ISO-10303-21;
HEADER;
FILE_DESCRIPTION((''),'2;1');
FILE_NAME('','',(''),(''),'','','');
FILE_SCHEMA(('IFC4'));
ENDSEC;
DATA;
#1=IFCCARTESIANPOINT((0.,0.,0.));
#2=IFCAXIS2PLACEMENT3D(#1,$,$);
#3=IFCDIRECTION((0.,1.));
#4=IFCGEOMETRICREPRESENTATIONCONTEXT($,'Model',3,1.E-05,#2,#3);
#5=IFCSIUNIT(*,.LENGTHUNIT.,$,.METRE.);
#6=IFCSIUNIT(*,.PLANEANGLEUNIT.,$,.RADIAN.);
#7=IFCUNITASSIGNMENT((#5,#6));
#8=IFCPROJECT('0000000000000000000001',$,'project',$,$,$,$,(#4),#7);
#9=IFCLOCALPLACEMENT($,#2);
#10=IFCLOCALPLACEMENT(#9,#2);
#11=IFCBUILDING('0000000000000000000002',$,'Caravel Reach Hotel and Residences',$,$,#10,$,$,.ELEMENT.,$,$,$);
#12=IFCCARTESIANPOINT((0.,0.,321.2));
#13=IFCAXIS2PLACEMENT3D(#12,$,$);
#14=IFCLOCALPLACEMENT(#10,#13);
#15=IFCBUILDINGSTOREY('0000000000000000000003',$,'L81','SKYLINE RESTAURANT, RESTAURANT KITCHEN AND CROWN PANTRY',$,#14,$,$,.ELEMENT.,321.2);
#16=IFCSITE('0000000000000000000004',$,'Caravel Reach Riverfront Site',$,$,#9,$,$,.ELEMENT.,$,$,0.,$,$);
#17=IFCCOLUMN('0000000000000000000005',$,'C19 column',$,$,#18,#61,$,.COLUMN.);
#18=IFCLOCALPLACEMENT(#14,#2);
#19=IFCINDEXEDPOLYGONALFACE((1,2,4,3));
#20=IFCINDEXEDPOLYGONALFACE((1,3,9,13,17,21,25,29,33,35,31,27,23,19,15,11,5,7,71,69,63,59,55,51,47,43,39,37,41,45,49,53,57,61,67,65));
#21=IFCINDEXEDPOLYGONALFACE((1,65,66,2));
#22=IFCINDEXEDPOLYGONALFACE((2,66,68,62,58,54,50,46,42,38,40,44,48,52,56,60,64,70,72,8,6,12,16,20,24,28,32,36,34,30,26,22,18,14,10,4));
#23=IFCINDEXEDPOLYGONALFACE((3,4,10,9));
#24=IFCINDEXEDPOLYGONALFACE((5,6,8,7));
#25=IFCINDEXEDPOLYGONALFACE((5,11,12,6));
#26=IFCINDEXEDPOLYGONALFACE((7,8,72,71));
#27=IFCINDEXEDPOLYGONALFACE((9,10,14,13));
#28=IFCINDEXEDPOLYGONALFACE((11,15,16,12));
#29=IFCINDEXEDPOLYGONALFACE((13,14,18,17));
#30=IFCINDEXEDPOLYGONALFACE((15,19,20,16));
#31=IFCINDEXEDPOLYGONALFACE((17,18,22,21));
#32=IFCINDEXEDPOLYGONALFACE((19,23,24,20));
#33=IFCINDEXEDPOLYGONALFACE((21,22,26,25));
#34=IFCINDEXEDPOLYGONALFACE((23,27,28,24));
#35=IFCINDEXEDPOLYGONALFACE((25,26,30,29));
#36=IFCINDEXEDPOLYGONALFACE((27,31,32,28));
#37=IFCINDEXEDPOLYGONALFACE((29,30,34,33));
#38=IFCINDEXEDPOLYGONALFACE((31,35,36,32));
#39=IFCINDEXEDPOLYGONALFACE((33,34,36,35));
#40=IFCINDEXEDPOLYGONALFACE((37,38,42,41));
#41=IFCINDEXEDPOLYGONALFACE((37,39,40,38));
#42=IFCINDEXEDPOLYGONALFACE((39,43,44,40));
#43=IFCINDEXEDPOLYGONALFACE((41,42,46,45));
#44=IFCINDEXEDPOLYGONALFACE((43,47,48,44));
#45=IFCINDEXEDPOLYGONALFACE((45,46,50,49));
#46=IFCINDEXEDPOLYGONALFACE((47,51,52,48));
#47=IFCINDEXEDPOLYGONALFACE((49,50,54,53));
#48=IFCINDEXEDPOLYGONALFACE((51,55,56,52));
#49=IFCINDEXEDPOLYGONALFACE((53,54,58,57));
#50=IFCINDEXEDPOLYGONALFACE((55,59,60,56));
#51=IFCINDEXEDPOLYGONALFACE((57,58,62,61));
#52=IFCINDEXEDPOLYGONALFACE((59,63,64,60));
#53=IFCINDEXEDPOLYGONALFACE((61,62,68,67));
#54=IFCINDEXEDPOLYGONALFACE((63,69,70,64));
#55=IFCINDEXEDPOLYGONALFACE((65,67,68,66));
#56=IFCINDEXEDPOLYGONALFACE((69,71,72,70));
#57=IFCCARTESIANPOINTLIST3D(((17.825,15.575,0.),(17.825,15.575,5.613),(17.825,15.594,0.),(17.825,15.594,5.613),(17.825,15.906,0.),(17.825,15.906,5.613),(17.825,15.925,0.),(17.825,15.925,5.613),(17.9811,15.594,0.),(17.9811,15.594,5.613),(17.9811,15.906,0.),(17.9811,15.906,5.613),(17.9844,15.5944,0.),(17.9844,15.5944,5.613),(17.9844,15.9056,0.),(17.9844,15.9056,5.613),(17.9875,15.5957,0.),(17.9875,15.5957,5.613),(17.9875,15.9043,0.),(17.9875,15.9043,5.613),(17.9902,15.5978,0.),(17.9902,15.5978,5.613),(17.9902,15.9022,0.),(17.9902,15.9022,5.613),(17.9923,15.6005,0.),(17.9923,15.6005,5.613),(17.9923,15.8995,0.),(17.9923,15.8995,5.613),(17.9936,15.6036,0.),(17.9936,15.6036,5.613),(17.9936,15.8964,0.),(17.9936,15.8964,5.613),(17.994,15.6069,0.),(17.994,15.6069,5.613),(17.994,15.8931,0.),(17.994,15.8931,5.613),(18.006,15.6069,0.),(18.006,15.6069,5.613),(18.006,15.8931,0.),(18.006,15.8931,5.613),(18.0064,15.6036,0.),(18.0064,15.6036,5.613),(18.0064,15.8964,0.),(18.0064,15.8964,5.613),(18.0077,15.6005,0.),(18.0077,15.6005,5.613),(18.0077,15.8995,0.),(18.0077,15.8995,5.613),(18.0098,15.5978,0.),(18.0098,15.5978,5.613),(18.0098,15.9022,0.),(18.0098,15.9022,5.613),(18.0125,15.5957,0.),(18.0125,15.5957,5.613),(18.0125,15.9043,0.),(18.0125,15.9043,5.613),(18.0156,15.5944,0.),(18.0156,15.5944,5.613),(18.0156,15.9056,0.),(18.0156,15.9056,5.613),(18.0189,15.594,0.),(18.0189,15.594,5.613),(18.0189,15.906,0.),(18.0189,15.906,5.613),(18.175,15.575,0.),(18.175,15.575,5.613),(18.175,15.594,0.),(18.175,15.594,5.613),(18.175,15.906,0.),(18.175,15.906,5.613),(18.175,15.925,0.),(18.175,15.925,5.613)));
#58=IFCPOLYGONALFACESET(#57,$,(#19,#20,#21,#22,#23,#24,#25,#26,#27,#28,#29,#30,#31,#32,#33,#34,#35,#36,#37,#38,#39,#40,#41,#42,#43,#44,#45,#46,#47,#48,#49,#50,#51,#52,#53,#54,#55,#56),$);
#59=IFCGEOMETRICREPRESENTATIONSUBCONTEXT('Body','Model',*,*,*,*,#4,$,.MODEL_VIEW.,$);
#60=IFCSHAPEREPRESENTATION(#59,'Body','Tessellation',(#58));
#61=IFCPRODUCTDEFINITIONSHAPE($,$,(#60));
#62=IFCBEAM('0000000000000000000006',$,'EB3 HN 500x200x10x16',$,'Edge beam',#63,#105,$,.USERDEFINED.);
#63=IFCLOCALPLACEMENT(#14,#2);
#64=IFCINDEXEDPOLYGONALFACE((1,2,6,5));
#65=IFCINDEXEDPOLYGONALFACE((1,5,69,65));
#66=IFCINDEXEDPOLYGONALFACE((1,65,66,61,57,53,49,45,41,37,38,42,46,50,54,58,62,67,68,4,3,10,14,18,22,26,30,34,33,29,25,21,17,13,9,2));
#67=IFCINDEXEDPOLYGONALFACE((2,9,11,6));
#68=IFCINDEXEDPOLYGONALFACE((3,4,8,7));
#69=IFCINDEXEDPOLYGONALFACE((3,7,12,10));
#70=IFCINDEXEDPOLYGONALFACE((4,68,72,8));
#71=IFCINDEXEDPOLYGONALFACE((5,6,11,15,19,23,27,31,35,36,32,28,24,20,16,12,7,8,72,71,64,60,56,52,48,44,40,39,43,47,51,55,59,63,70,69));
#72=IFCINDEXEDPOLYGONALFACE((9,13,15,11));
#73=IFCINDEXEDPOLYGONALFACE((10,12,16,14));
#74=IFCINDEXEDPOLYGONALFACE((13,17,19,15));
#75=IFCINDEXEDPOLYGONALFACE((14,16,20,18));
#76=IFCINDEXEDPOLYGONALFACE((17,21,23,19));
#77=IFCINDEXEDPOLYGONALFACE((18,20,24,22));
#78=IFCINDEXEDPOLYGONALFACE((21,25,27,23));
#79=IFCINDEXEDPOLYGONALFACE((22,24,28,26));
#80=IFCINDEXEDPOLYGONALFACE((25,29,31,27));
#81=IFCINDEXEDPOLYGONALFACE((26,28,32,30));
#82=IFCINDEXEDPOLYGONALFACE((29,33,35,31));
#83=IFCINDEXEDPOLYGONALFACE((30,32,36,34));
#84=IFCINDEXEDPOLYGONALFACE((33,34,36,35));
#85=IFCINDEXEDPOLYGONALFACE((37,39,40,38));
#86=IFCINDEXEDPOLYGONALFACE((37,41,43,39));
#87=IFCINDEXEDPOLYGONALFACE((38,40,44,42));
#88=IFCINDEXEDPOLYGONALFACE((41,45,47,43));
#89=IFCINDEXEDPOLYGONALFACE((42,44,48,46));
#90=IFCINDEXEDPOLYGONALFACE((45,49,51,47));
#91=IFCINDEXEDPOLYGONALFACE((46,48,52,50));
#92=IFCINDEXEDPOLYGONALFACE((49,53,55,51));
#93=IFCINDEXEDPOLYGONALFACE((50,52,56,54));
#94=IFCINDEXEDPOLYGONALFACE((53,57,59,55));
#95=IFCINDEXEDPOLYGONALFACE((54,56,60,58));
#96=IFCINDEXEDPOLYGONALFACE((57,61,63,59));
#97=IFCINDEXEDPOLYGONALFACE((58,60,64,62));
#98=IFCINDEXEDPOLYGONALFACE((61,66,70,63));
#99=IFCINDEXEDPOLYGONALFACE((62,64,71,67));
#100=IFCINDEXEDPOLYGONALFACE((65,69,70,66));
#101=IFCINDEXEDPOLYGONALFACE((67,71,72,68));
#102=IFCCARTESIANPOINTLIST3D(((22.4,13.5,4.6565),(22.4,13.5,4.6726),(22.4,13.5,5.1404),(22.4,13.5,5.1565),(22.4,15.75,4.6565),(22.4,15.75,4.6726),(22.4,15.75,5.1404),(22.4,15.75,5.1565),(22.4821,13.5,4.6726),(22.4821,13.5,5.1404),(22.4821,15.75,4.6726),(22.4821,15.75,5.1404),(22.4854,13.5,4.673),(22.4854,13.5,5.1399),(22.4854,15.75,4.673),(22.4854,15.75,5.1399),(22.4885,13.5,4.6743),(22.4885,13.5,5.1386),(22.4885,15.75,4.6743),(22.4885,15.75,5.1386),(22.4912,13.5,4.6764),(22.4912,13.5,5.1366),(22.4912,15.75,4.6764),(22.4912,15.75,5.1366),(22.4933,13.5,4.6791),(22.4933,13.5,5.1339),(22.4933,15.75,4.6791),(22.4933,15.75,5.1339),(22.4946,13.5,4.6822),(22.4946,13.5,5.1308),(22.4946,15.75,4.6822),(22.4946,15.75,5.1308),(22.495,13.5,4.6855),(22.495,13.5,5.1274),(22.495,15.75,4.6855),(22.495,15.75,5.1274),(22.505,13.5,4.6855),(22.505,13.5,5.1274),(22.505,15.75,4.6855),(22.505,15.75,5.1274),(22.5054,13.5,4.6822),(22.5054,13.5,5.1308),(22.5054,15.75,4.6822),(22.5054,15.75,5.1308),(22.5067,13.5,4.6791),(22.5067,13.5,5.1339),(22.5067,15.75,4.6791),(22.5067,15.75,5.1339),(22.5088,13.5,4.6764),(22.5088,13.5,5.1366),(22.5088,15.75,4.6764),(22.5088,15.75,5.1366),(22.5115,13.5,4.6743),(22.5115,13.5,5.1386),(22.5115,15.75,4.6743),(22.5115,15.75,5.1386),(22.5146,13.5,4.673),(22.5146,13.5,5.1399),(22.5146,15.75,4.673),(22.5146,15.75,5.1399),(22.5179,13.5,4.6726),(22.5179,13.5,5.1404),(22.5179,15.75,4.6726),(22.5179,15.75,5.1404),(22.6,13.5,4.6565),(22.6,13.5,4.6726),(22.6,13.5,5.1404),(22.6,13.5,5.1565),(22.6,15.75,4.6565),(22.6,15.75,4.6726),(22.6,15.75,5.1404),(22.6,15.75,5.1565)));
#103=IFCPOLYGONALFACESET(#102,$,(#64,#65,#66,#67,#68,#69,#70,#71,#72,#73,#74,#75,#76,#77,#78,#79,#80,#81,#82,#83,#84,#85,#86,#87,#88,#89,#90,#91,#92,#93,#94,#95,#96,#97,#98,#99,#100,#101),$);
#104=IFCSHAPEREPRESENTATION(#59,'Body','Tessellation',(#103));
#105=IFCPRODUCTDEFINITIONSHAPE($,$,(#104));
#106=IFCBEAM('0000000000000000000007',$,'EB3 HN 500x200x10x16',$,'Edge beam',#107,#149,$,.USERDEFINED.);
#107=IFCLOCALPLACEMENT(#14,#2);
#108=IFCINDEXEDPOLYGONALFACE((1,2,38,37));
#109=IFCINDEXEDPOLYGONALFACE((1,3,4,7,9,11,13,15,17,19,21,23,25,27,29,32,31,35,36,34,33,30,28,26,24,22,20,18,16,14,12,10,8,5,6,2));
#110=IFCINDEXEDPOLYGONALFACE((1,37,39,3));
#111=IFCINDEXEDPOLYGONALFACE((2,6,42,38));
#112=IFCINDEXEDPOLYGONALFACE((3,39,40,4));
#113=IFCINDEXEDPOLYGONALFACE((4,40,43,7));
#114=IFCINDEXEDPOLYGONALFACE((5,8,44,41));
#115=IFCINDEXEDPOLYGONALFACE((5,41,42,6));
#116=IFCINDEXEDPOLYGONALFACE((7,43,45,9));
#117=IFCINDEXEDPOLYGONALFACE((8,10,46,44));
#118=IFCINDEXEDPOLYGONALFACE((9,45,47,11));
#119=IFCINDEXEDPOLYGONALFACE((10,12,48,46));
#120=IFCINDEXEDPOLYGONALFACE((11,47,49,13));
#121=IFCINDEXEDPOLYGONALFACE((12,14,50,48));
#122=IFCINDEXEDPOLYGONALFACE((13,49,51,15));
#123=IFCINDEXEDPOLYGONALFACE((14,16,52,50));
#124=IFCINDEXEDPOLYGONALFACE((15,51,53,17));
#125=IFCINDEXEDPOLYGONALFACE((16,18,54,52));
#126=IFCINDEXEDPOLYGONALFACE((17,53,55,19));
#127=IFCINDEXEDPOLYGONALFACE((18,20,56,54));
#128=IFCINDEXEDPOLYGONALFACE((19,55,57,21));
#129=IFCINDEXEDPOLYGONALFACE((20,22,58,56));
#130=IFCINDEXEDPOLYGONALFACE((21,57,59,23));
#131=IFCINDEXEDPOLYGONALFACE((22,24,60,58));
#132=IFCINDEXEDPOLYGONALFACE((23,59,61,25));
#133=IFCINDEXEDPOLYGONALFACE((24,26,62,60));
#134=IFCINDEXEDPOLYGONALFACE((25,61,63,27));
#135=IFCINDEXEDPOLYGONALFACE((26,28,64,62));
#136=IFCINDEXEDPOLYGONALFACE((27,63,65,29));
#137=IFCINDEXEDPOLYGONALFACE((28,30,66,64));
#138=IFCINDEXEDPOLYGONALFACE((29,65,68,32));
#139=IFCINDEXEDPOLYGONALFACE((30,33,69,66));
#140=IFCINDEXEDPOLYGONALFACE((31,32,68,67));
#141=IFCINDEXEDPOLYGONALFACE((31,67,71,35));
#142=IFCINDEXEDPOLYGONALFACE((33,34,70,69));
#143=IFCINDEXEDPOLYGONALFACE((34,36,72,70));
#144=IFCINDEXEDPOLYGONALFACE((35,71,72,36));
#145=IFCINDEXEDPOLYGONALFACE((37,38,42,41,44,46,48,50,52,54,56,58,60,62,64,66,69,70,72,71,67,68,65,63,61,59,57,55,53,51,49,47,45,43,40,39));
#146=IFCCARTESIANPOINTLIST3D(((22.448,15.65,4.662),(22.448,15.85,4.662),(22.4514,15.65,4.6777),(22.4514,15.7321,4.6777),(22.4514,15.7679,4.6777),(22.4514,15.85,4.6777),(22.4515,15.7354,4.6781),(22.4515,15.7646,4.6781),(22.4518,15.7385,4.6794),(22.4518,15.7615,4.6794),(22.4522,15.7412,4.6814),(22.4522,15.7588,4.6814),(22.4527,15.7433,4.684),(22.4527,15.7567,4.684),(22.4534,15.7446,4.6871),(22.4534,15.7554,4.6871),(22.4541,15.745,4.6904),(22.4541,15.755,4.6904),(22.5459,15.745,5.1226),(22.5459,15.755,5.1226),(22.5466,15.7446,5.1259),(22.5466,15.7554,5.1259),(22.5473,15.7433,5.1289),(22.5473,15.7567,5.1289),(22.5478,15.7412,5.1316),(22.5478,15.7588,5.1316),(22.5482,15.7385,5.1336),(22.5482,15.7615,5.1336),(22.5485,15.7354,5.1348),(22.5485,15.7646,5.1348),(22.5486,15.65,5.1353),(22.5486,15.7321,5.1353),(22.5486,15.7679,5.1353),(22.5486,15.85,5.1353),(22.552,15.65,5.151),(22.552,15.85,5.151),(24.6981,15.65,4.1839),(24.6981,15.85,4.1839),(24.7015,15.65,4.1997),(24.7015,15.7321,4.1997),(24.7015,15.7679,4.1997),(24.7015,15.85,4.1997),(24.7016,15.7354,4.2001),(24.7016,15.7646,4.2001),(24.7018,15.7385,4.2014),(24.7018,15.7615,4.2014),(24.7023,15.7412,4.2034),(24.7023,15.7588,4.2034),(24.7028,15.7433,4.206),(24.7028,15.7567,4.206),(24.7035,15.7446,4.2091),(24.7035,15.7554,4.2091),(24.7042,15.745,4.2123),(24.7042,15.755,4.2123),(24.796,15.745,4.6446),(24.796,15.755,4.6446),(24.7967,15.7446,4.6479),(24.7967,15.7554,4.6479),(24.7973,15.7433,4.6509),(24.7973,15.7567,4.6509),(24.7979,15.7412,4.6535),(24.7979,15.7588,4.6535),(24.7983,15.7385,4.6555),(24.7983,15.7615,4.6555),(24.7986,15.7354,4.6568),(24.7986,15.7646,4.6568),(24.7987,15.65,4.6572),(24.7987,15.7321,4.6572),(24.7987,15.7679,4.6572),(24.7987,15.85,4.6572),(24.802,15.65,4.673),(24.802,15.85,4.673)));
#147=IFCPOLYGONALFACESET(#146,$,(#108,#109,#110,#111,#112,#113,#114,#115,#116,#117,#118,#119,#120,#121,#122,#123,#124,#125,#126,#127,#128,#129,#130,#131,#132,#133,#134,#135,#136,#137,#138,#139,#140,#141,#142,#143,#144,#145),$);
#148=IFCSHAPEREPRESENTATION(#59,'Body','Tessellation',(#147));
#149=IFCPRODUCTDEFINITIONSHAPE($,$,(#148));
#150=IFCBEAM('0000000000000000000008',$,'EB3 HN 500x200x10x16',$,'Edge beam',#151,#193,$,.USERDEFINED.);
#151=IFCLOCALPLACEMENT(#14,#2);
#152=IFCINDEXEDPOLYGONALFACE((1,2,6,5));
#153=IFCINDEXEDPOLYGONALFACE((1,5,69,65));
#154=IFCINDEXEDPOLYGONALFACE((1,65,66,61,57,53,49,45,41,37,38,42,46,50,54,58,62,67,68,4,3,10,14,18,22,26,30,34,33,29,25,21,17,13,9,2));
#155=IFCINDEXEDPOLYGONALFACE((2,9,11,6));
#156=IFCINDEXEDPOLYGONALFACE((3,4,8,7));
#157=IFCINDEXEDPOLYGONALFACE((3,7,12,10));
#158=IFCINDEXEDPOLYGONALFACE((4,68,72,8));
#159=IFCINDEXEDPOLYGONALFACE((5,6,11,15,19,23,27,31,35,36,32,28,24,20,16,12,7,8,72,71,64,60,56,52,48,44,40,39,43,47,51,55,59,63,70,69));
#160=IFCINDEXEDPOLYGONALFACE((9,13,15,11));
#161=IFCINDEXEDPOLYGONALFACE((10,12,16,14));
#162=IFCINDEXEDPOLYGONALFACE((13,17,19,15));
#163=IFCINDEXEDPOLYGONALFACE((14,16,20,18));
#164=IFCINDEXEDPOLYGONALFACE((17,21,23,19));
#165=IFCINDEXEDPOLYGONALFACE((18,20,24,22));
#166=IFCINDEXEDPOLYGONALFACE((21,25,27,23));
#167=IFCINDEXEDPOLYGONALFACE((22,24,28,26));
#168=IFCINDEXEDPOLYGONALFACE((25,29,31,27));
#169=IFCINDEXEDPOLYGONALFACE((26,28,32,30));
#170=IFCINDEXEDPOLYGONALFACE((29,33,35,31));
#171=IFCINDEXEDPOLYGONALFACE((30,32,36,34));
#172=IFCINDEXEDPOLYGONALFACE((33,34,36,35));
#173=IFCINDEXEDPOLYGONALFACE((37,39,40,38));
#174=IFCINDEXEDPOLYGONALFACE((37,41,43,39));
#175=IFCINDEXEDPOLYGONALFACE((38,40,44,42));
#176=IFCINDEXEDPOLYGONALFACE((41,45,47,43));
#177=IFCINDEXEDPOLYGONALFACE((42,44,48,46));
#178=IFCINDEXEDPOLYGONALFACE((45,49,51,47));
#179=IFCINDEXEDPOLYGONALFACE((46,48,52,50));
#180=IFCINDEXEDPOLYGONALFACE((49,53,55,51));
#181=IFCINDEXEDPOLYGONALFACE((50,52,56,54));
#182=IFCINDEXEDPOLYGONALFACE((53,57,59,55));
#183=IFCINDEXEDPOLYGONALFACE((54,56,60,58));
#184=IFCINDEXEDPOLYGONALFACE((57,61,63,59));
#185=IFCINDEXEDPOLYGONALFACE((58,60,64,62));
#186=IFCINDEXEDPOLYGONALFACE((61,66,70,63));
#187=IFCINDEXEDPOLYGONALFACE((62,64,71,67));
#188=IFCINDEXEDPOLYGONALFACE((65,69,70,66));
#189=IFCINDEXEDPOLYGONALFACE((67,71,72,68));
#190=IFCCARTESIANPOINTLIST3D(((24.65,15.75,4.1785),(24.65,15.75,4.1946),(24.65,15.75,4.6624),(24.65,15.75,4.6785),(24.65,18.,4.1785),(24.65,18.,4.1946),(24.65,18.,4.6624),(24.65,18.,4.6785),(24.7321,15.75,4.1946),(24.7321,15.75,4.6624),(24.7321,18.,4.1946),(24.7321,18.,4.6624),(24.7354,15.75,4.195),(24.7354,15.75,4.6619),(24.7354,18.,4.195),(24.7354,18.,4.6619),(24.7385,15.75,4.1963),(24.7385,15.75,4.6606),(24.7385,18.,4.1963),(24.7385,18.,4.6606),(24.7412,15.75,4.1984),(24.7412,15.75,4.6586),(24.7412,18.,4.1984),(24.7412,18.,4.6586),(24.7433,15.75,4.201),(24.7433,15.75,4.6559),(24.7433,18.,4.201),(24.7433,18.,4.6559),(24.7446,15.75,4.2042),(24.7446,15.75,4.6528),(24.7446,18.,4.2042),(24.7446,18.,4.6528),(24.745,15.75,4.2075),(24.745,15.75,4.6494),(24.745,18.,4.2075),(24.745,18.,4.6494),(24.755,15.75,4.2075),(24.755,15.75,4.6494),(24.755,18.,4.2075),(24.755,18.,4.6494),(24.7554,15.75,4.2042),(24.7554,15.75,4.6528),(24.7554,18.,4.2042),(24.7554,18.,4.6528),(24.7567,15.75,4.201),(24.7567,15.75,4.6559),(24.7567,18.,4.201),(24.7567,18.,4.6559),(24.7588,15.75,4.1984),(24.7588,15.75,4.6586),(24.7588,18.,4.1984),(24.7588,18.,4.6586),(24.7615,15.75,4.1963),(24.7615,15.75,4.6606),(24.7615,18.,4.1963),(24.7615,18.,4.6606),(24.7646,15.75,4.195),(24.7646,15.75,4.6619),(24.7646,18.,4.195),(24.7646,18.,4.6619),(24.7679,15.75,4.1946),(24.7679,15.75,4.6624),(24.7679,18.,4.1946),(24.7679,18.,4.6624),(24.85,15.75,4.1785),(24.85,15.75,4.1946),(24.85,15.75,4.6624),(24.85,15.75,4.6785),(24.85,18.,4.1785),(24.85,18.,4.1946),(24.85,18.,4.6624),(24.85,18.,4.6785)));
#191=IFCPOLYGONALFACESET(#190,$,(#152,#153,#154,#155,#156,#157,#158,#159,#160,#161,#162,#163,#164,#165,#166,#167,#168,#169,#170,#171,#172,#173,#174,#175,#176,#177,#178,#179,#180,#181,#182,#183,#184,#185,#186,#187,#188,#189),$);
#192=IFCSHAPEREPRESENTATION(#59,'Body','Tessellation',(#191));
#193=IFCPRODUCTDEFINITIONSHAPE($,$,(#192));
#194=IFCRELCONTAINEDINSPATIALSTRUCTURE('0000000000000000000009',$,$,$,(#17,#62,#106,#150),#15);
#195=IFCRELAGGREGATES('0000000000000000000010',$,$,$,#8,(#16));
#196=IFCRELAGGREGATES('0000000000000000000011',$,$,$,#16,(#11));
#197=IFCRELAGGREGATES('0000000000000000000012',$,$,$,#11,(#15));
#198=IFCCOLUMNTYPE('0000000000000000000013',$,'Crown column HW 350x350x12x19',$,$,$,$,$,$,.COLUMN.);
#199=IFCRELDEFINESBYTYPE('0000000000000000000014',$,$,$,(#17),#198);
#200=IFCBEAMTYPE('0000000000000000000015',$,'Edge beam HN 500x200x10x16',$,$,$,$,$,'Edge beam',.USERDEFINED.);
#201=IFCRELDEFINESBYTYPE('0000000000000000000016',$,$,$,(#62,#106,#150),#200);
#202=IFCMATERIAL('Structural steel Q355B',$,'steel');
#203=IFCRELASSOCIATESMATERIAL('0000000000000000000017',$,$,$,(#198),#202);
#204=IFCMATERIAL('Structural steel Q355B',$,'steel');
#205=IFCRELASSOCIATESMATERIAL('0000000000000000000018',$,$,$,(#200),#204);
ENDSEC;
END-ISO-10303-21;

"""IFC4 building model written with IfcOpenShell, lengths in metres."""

from ifc_helpers import new_model, si_unit, direction, frame, origin, origin_2d, place, context, subcontext, project, spatial, i_section, extrude, material, material_profile, profile_set, type_object, element, save


model = new_model("IFC4")

# Units and contexts
model_context = context("Model", 3, precision=1e-05, world=origin(), true_north=direction((0.0, 1.0)))
body_context = subcontext(model_context, "Body", "Model", "MODEL_VIEW")
ifc_project = project(units=[si_unit("LENGTHUNIT", "METRE"), si_unit("PLANEANGLEUNIT", "RADIAN")], contexts=[model_context])

# Site, building, storey
site_placement = place(None, origin())
site = spatial("IfcSite", under=ifc_project, at=site_placement, Name="Caravel Reach Riverfront Site", CompositionType="ELEMENT", RefElevation=0.0)
building_placement = place(site_placement, origin())
building = spatial("IfcBuilding", under=site, at=building_placement, Name="Caravel Reach Hotel and Residences", CompositionType="ELEMENT")
storey_placement = place(building_placement, frame((0.0, 0.0, 321.2)))
storey = spatial("IfcBuildingStorey", under=building, at=storey_placement, Name="L81", Description="SKYLINE RESTAURANT, RESTAURANT KITCHEN AND CROWN PANTRY", CompositionType="ELEMENT", Elevation=321.2)

# Column
ifc_material_1 = material(Name="Structural steel Q355B", Category="steel")
ifc_material_profile_1 = material_profile(ifc_material_1, i_section(OverallWidth=0.3501, OverallDepth=0.3501, WebThickness=0.012, FlangeThickness=0.019, FilletRadius=0.0129, at=origin_2d()), Name="HW 350x350x12x19")
ifc_profile_set_1 = profile_set([ifc_material_profile_1], Name="Structural steel Q355B")
column_type = type_object("IfcColumnType", Name="Crown column HW 350x350x12x19", PredefinedType="COLUMN", material=ifc_profile_set_1)
column_placement = place(storey_placement, frame((18.0, 15.75, 0.0), z_axis=(0.0, 0.0, 1.0), x_axis=(1.0, 0.0, 0.0)))
element("IfcColumn", 1, at=column_placement, inside=storey, type_object=column_type, Name="C19 column", PredefinedType="COLUMN", context=body_context, shape_type="SweptSolid", body=[
    extrude(i_section(OverallWidth=0.3501, OverallDepth=0.3501, WebThickness=0.012, FlangeThickness=0.019, FilletRadius=0.0129, at=origin_2d()), origin(), (0.0, 0.0, 1.0), 5.613),
])

# Beams
ifc_material_2 = material(Name="Structural steel Q355B", Category="steel")
ifc_material_profile_2 = material_profile(ifc_material_2, i_section(OverallWidth=0.2, OverallDepth=0.5, WebThickness=0.01, FlangeThickness=0.0161, FilletRadius=0.0129, at=origin_2d()), Name="HN 500x200x10x16")
ifc_profile_set_2 = profile_set([ifc_material_profile_2], Name="Structural steel Q355B")
beam_type_1 = type_object("IfcBeamType", Name="Edge beam HN 500x200x10x16", ElementType="Edge beam", PredefinedType="USERDEFINED", material=ifc_profile_set_2)
beam_1_placement = place(storey_placement, frame((22.5, 13.5, 4.9065), z_axis=(0.0, 1.0, 0.0), x_axis=(-1.0, 0.0, 0.0)))
element("IfcBeam", 2, at=beam_1_placement, inside=storey, type_object=beam_type_1, Name="EB3 HN 500x200x10x16", ObjectType="Edge beam", PredefinedType="USERDEFINED", context=body_context, shape_type="SweptSolid", body=[
    extrude(i_section(OverallWidth=0.2, OverallDepth=0.5, WebThickness=0.01, FlangeThickness=0.0161, FilletRadius=0.0129, at=origin_2d()), origin(), (0.0, 0.0, 1.0), 2.25),
])
beam_2_placement = place(storey_placement, frame((22.5, 15.75, 4.9065), z_axis=(0.978167, 0.0, -0.207818), x_axis=(0.0, 1.0, 0.0)))
element("IfcBeam", 3, at=beam_2_placement, inside=storey, type_object=beam_type_1, Name="EB3 HN 500x200x10x16", ObjectType="Edge beam", PredefinedType="USERDEFINED", context=body_context, shape_type="SweptSolid", body=[
    extrude(i_section(OverallWidth=0.2, OverallDepth=0.5, WebThickness=0.01, FlangeThickness=0.0161, FilletRadius=0.0129, at=origin_2d()), origin(), (0.0, 0.0, 1.0), 2.3003),
])
beam_3_placement = place(storey_placement, frame((24.75, 15.75, 4.4285), z_axis=(0.0, 1.0, 0.0), x_axis=(-1.0, 0.0, 0.0)))
element("IfcBeam", 4, at=beam_3_placement, inside=storey, type_object=beam_type_1, Name="EB3 HN 500x200x10x16", ObjectType="Edge beam", PredefinedType="USERDEFINED", context=body_context, shape_type="SweptSolid", body=[
    extrude(i_section(OverallWidth=0.2, OverallDepth=0.5, WebThickness=0.01, FlangeThickness=0.0161, FilletRadius=0.0129, at=origin_2d()), origin(), (0.0, 0.0, 1.0), 2.25),
])

save(model, "model.ifc")
